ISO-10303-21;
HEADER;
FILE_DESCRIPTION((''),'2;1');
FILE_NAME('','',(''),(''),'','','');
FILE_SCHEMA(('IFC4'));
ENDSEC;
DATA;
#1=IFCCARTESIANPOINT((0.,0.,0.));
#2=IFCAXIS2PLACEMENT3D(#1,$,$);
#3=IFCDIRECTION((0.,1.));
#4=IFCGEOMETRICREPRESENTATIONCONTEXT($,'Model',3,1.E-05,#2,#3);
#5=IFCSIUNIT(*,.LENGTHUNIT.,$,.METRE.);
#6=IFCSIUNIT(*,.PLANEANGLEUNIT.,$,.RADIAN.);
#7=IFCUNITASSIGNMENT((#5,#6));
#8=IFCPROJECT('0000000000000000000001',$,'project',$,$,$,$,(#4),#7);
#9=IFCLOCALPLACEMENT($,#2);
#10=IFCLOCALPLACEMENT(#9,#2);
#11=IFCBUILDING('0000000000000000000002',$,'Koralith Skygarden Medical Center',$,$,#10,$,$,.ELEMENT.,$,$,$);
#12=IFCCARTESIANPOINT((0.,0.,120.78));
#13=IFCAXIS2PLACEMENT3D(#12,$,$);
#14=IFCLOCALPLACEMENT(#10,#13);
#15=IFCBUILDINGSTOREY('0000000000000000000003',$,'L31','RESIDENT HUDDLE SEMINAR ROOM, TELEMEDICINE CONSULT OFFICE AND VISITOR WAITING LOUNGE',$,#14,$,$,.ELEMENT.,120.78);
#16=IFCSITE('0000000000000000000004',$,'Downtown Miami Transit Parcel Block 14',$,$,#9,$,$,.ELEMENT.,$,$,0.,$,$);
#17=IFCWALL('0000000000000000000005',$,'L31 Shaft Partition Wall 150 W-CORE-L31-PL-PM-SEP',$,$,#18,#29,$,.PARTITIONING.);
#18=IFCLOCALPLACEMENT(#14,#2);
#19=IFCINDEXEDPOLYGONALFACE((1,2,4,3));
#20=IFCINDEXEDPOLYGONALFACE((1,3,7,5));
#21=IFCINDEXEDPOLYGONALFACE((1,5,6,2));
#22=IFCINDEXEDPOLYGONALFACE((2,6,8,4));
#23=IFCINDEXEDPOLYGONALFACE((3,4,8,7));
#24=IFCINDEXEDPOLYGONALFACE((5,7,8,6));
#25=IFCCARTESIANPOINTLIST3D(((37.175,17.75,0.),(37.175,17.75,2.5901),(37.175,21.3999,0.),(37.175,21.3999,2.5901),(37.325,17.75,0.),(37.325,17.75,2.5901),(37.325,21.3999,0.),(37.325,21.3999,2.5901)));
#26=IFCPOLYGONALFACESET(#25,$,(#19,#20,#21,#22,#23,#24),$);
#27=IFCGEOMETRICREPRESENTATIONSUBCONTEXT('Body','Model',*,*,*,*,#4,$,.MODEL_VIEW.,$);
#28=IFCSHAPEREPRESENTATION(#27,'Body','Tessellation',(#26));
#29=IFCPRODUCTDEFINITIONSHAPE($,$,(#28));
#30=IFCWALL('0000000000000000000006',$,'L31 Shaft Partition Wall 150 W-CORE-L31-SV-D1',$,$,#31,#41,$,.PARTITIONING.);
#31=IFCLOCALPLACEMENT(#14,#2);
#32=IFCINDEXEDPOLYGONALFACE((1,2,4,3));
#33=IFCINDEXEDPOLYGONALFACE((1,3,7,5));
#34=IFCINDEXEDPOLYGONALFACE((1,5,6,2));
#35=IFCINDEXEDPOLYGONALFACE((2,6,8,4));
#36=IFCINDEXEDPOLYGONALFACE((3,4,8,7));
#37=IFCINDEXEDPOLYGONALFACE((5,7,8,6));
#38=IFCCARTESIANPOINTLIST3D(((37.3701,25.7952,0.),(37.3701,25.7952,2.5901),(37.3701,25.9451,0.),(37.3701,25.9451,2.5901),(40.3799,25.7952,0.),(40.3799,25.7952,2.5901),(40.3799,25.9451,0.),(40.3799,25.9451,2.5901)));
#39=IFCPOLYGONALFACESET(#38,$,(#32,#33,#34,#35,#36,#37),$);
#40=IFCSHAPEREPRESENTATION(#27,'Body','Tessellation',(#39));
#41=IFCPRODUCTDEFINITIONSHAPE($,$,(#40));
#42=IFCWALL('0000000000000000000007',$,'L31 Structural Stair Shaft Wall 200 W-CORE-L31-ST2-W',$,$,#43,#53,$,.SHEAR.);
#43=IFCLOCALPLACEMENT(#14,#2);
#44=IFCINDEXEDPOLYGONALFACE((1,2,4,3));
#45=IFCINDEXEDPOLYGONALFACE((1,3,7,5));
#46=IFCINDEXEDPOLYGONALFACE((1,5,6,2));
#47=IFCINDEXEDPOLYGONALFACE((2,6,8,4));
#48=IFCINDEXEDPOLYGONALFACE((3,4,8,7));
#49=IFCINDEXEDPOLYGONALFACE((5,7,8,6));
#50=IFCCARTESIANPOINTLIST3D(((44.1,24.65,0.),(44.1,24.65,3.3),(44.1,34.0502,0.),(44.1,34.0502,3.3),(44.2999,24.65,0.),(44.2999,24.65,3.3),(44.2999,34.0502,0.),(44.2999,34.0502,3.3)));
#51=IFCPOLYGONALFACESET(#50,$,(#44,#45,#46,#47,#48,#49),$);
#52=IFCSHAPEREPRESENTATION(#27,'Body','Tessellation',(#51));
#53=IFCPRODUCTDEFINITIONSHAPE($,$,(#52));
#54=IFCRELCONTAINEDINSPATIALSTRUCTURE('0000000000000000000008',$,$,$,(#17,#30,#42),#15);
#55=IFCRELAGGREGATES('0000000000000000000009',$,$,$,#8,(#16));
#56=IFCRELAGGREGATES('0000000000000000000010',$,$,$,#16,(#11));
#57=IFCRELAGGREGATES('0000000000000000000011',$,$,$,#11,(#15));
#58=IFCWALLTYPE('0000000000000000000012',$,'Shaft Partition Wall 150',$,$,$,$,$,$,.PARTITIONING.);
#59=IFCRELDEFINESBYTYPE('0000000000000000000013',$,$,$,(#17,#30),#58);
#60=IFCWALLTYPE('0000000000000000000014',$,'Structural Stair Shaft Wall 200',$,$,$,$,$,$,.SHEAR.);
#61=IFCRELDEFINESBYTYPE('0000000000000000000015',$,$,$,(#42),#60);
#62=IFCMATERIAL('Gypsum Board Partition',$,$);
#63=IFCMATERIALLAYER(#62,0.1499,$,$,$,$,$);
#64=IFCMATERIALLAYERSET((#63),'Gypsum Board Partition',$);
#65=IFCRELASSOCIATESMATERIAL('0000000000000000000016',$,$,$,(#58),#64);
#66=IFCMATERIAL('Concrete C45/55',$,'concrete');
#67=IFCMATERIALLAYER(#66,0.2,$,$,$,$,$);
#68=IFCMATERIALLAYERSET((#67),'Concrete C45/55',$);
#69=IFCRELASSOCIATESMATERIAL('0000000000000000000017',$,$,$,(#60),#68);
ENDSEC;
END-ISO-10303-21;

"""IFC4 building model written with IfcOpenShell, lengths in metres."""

from ifc_helpers import new_model, si_unit, direction, frame, frame_2d, origin, place, context, subcontext, project, spatial, rectangle, extrude, material, layer, layer_set, type_object, element, save


model = new_model("IFC4")

# Units and contexts
model_context = context("Model", 3, precision=1e-05, world=origin(), true_north=direction((0.0, 1.0)))
body_context = subcontext(model_context, "Body", "Model", "MODEL_VIEW")
ifc_project = project(units=[si_unit("LENGTHUNIT", "METRE"), si_unit("PLANEANGLEUNIT", "RADIAN")], contexts=[model_context])

# Site, building, storey
site_placement = place(None, origin())
site = spatial("IfcSite", under=ifc_project, at=site_placement, Name="Downtown Miami Transit Parcel Block 14", CompositionType="ELEMENT", RefElevation=0.0)
building_placement = place(site_placement, origin())
building = spatial("IfcBuilding", under=site, at=building_placement, Name="Koralith Skygarden Medical Center", CompositionType="ELEMENT")
storey_placement = place(building_placement, frame((0.0, 0.0, 120.78)))
storey = spatial("IfcBuildingStorey", under=building, at=storey_placement, Name="L31", Description="RESIDENT HUDDLE SEMINAR ROOM, TELEMEDICINE CONSULT OFFICE AND VISITOR WAITING LOUNGE", CompositionType="ELEMENT", Elevation=120.78)

# Shared definitions
ifc_material_1 = material(Name="Concrete C45/55", Category="concrete")

# Shared definitions
ifc_material_2 = material(Name="Gypsum Board Partition")

# Walls
ifc_layer_1 = layer(ifc_material_2, 0.1499)
ifc_layer_set_1 = layer_set([ifc_layer_1], Name="Gypsum Board Partition")
wall_type_1 = type_object("IfcWallType", Name="Shaft Partition Wall 150", PredefinedType="PARTITIONING", material=ifc_layer_set_1)
wall_1_placement = place(storey_placement, frame((37.25, 17.75, 0.0), z_axis=(0.0, 0.0, 1.0), x_axis=(0.0, 1.0, 0.0)))
element("IfcWall", 1, at=wall_1_placement, inside=storey, type_object=wall_type_1, Name="L31 Shaft Partition Wall 150 W-CORE-L31-PL-PM-SEP", PredefinedType="PARTITIONING", context=body_context, shape_type="SweptSolid", body=[
    extrude(rectangle(XDim=3.6499, YDim=0.1499, at=frame_2d((1.825, 0.0))), origin(), (0.0, 0.0, 1.0), 2.5901),
])
wall_2_placement = place(storey_placement, frame((37.3701, 25.8701, 0.0), z_axis=(0.0, 0.0, 1.0), x_axis=(1.0, 0.0, 0.0)))
element("IfcWall", 2, at=wall_2_placement, inside=storey, type_object=wall_type_1, Name="L31 Shaft Partition Wall 150 W-CORE-L31-SV-D1", PredefinedType="PARTITIONING", context=body_context, shape_type="SweptSolid", body=[
    extrude(rectangle(XDim=3.0098, YDim=0.1499, at=frame_2d((1.5049, 0.0))), origin(), (0.0, 0.0, 1.0), 2.5901),
])
ifc_layer_2 = layer(ifc_material_1, 0.2)
ifc_layer_set_2 = layer_set([ifc_layer_2], Name="Concrete C45/55")
wall_type_2 = type_object("IfcWallType", Name="Structural Stair Shaft Wall 200", PredefinedType="SHEAR", material=ifc_layer_set_2)
wall_3_placement = place(storey_placement, frame((44.2, 24.6499, 0.0), z_axis=(0.0, 0.0, 1.0), x_axis=(0.0, 1.0, 0.0)))
element("IfcWall", 3, at=wall_3_placement, inside=storey, type_object=wall_type_2, Name="L31 Structural Stair Shaft Wall 200 W-CORE-L31-ST2-W", PredefinedType="SHEAR", context=body_context, shape_type="SweptSolid", body=[
    extrude(rectangle(XDim=9.4001, YDim=0.2, at=frame_2d((4.7002, 0.0))), origin(), (0.0, 0.0, 1.0), 3.3),
])

save(model, "model.ifc")
